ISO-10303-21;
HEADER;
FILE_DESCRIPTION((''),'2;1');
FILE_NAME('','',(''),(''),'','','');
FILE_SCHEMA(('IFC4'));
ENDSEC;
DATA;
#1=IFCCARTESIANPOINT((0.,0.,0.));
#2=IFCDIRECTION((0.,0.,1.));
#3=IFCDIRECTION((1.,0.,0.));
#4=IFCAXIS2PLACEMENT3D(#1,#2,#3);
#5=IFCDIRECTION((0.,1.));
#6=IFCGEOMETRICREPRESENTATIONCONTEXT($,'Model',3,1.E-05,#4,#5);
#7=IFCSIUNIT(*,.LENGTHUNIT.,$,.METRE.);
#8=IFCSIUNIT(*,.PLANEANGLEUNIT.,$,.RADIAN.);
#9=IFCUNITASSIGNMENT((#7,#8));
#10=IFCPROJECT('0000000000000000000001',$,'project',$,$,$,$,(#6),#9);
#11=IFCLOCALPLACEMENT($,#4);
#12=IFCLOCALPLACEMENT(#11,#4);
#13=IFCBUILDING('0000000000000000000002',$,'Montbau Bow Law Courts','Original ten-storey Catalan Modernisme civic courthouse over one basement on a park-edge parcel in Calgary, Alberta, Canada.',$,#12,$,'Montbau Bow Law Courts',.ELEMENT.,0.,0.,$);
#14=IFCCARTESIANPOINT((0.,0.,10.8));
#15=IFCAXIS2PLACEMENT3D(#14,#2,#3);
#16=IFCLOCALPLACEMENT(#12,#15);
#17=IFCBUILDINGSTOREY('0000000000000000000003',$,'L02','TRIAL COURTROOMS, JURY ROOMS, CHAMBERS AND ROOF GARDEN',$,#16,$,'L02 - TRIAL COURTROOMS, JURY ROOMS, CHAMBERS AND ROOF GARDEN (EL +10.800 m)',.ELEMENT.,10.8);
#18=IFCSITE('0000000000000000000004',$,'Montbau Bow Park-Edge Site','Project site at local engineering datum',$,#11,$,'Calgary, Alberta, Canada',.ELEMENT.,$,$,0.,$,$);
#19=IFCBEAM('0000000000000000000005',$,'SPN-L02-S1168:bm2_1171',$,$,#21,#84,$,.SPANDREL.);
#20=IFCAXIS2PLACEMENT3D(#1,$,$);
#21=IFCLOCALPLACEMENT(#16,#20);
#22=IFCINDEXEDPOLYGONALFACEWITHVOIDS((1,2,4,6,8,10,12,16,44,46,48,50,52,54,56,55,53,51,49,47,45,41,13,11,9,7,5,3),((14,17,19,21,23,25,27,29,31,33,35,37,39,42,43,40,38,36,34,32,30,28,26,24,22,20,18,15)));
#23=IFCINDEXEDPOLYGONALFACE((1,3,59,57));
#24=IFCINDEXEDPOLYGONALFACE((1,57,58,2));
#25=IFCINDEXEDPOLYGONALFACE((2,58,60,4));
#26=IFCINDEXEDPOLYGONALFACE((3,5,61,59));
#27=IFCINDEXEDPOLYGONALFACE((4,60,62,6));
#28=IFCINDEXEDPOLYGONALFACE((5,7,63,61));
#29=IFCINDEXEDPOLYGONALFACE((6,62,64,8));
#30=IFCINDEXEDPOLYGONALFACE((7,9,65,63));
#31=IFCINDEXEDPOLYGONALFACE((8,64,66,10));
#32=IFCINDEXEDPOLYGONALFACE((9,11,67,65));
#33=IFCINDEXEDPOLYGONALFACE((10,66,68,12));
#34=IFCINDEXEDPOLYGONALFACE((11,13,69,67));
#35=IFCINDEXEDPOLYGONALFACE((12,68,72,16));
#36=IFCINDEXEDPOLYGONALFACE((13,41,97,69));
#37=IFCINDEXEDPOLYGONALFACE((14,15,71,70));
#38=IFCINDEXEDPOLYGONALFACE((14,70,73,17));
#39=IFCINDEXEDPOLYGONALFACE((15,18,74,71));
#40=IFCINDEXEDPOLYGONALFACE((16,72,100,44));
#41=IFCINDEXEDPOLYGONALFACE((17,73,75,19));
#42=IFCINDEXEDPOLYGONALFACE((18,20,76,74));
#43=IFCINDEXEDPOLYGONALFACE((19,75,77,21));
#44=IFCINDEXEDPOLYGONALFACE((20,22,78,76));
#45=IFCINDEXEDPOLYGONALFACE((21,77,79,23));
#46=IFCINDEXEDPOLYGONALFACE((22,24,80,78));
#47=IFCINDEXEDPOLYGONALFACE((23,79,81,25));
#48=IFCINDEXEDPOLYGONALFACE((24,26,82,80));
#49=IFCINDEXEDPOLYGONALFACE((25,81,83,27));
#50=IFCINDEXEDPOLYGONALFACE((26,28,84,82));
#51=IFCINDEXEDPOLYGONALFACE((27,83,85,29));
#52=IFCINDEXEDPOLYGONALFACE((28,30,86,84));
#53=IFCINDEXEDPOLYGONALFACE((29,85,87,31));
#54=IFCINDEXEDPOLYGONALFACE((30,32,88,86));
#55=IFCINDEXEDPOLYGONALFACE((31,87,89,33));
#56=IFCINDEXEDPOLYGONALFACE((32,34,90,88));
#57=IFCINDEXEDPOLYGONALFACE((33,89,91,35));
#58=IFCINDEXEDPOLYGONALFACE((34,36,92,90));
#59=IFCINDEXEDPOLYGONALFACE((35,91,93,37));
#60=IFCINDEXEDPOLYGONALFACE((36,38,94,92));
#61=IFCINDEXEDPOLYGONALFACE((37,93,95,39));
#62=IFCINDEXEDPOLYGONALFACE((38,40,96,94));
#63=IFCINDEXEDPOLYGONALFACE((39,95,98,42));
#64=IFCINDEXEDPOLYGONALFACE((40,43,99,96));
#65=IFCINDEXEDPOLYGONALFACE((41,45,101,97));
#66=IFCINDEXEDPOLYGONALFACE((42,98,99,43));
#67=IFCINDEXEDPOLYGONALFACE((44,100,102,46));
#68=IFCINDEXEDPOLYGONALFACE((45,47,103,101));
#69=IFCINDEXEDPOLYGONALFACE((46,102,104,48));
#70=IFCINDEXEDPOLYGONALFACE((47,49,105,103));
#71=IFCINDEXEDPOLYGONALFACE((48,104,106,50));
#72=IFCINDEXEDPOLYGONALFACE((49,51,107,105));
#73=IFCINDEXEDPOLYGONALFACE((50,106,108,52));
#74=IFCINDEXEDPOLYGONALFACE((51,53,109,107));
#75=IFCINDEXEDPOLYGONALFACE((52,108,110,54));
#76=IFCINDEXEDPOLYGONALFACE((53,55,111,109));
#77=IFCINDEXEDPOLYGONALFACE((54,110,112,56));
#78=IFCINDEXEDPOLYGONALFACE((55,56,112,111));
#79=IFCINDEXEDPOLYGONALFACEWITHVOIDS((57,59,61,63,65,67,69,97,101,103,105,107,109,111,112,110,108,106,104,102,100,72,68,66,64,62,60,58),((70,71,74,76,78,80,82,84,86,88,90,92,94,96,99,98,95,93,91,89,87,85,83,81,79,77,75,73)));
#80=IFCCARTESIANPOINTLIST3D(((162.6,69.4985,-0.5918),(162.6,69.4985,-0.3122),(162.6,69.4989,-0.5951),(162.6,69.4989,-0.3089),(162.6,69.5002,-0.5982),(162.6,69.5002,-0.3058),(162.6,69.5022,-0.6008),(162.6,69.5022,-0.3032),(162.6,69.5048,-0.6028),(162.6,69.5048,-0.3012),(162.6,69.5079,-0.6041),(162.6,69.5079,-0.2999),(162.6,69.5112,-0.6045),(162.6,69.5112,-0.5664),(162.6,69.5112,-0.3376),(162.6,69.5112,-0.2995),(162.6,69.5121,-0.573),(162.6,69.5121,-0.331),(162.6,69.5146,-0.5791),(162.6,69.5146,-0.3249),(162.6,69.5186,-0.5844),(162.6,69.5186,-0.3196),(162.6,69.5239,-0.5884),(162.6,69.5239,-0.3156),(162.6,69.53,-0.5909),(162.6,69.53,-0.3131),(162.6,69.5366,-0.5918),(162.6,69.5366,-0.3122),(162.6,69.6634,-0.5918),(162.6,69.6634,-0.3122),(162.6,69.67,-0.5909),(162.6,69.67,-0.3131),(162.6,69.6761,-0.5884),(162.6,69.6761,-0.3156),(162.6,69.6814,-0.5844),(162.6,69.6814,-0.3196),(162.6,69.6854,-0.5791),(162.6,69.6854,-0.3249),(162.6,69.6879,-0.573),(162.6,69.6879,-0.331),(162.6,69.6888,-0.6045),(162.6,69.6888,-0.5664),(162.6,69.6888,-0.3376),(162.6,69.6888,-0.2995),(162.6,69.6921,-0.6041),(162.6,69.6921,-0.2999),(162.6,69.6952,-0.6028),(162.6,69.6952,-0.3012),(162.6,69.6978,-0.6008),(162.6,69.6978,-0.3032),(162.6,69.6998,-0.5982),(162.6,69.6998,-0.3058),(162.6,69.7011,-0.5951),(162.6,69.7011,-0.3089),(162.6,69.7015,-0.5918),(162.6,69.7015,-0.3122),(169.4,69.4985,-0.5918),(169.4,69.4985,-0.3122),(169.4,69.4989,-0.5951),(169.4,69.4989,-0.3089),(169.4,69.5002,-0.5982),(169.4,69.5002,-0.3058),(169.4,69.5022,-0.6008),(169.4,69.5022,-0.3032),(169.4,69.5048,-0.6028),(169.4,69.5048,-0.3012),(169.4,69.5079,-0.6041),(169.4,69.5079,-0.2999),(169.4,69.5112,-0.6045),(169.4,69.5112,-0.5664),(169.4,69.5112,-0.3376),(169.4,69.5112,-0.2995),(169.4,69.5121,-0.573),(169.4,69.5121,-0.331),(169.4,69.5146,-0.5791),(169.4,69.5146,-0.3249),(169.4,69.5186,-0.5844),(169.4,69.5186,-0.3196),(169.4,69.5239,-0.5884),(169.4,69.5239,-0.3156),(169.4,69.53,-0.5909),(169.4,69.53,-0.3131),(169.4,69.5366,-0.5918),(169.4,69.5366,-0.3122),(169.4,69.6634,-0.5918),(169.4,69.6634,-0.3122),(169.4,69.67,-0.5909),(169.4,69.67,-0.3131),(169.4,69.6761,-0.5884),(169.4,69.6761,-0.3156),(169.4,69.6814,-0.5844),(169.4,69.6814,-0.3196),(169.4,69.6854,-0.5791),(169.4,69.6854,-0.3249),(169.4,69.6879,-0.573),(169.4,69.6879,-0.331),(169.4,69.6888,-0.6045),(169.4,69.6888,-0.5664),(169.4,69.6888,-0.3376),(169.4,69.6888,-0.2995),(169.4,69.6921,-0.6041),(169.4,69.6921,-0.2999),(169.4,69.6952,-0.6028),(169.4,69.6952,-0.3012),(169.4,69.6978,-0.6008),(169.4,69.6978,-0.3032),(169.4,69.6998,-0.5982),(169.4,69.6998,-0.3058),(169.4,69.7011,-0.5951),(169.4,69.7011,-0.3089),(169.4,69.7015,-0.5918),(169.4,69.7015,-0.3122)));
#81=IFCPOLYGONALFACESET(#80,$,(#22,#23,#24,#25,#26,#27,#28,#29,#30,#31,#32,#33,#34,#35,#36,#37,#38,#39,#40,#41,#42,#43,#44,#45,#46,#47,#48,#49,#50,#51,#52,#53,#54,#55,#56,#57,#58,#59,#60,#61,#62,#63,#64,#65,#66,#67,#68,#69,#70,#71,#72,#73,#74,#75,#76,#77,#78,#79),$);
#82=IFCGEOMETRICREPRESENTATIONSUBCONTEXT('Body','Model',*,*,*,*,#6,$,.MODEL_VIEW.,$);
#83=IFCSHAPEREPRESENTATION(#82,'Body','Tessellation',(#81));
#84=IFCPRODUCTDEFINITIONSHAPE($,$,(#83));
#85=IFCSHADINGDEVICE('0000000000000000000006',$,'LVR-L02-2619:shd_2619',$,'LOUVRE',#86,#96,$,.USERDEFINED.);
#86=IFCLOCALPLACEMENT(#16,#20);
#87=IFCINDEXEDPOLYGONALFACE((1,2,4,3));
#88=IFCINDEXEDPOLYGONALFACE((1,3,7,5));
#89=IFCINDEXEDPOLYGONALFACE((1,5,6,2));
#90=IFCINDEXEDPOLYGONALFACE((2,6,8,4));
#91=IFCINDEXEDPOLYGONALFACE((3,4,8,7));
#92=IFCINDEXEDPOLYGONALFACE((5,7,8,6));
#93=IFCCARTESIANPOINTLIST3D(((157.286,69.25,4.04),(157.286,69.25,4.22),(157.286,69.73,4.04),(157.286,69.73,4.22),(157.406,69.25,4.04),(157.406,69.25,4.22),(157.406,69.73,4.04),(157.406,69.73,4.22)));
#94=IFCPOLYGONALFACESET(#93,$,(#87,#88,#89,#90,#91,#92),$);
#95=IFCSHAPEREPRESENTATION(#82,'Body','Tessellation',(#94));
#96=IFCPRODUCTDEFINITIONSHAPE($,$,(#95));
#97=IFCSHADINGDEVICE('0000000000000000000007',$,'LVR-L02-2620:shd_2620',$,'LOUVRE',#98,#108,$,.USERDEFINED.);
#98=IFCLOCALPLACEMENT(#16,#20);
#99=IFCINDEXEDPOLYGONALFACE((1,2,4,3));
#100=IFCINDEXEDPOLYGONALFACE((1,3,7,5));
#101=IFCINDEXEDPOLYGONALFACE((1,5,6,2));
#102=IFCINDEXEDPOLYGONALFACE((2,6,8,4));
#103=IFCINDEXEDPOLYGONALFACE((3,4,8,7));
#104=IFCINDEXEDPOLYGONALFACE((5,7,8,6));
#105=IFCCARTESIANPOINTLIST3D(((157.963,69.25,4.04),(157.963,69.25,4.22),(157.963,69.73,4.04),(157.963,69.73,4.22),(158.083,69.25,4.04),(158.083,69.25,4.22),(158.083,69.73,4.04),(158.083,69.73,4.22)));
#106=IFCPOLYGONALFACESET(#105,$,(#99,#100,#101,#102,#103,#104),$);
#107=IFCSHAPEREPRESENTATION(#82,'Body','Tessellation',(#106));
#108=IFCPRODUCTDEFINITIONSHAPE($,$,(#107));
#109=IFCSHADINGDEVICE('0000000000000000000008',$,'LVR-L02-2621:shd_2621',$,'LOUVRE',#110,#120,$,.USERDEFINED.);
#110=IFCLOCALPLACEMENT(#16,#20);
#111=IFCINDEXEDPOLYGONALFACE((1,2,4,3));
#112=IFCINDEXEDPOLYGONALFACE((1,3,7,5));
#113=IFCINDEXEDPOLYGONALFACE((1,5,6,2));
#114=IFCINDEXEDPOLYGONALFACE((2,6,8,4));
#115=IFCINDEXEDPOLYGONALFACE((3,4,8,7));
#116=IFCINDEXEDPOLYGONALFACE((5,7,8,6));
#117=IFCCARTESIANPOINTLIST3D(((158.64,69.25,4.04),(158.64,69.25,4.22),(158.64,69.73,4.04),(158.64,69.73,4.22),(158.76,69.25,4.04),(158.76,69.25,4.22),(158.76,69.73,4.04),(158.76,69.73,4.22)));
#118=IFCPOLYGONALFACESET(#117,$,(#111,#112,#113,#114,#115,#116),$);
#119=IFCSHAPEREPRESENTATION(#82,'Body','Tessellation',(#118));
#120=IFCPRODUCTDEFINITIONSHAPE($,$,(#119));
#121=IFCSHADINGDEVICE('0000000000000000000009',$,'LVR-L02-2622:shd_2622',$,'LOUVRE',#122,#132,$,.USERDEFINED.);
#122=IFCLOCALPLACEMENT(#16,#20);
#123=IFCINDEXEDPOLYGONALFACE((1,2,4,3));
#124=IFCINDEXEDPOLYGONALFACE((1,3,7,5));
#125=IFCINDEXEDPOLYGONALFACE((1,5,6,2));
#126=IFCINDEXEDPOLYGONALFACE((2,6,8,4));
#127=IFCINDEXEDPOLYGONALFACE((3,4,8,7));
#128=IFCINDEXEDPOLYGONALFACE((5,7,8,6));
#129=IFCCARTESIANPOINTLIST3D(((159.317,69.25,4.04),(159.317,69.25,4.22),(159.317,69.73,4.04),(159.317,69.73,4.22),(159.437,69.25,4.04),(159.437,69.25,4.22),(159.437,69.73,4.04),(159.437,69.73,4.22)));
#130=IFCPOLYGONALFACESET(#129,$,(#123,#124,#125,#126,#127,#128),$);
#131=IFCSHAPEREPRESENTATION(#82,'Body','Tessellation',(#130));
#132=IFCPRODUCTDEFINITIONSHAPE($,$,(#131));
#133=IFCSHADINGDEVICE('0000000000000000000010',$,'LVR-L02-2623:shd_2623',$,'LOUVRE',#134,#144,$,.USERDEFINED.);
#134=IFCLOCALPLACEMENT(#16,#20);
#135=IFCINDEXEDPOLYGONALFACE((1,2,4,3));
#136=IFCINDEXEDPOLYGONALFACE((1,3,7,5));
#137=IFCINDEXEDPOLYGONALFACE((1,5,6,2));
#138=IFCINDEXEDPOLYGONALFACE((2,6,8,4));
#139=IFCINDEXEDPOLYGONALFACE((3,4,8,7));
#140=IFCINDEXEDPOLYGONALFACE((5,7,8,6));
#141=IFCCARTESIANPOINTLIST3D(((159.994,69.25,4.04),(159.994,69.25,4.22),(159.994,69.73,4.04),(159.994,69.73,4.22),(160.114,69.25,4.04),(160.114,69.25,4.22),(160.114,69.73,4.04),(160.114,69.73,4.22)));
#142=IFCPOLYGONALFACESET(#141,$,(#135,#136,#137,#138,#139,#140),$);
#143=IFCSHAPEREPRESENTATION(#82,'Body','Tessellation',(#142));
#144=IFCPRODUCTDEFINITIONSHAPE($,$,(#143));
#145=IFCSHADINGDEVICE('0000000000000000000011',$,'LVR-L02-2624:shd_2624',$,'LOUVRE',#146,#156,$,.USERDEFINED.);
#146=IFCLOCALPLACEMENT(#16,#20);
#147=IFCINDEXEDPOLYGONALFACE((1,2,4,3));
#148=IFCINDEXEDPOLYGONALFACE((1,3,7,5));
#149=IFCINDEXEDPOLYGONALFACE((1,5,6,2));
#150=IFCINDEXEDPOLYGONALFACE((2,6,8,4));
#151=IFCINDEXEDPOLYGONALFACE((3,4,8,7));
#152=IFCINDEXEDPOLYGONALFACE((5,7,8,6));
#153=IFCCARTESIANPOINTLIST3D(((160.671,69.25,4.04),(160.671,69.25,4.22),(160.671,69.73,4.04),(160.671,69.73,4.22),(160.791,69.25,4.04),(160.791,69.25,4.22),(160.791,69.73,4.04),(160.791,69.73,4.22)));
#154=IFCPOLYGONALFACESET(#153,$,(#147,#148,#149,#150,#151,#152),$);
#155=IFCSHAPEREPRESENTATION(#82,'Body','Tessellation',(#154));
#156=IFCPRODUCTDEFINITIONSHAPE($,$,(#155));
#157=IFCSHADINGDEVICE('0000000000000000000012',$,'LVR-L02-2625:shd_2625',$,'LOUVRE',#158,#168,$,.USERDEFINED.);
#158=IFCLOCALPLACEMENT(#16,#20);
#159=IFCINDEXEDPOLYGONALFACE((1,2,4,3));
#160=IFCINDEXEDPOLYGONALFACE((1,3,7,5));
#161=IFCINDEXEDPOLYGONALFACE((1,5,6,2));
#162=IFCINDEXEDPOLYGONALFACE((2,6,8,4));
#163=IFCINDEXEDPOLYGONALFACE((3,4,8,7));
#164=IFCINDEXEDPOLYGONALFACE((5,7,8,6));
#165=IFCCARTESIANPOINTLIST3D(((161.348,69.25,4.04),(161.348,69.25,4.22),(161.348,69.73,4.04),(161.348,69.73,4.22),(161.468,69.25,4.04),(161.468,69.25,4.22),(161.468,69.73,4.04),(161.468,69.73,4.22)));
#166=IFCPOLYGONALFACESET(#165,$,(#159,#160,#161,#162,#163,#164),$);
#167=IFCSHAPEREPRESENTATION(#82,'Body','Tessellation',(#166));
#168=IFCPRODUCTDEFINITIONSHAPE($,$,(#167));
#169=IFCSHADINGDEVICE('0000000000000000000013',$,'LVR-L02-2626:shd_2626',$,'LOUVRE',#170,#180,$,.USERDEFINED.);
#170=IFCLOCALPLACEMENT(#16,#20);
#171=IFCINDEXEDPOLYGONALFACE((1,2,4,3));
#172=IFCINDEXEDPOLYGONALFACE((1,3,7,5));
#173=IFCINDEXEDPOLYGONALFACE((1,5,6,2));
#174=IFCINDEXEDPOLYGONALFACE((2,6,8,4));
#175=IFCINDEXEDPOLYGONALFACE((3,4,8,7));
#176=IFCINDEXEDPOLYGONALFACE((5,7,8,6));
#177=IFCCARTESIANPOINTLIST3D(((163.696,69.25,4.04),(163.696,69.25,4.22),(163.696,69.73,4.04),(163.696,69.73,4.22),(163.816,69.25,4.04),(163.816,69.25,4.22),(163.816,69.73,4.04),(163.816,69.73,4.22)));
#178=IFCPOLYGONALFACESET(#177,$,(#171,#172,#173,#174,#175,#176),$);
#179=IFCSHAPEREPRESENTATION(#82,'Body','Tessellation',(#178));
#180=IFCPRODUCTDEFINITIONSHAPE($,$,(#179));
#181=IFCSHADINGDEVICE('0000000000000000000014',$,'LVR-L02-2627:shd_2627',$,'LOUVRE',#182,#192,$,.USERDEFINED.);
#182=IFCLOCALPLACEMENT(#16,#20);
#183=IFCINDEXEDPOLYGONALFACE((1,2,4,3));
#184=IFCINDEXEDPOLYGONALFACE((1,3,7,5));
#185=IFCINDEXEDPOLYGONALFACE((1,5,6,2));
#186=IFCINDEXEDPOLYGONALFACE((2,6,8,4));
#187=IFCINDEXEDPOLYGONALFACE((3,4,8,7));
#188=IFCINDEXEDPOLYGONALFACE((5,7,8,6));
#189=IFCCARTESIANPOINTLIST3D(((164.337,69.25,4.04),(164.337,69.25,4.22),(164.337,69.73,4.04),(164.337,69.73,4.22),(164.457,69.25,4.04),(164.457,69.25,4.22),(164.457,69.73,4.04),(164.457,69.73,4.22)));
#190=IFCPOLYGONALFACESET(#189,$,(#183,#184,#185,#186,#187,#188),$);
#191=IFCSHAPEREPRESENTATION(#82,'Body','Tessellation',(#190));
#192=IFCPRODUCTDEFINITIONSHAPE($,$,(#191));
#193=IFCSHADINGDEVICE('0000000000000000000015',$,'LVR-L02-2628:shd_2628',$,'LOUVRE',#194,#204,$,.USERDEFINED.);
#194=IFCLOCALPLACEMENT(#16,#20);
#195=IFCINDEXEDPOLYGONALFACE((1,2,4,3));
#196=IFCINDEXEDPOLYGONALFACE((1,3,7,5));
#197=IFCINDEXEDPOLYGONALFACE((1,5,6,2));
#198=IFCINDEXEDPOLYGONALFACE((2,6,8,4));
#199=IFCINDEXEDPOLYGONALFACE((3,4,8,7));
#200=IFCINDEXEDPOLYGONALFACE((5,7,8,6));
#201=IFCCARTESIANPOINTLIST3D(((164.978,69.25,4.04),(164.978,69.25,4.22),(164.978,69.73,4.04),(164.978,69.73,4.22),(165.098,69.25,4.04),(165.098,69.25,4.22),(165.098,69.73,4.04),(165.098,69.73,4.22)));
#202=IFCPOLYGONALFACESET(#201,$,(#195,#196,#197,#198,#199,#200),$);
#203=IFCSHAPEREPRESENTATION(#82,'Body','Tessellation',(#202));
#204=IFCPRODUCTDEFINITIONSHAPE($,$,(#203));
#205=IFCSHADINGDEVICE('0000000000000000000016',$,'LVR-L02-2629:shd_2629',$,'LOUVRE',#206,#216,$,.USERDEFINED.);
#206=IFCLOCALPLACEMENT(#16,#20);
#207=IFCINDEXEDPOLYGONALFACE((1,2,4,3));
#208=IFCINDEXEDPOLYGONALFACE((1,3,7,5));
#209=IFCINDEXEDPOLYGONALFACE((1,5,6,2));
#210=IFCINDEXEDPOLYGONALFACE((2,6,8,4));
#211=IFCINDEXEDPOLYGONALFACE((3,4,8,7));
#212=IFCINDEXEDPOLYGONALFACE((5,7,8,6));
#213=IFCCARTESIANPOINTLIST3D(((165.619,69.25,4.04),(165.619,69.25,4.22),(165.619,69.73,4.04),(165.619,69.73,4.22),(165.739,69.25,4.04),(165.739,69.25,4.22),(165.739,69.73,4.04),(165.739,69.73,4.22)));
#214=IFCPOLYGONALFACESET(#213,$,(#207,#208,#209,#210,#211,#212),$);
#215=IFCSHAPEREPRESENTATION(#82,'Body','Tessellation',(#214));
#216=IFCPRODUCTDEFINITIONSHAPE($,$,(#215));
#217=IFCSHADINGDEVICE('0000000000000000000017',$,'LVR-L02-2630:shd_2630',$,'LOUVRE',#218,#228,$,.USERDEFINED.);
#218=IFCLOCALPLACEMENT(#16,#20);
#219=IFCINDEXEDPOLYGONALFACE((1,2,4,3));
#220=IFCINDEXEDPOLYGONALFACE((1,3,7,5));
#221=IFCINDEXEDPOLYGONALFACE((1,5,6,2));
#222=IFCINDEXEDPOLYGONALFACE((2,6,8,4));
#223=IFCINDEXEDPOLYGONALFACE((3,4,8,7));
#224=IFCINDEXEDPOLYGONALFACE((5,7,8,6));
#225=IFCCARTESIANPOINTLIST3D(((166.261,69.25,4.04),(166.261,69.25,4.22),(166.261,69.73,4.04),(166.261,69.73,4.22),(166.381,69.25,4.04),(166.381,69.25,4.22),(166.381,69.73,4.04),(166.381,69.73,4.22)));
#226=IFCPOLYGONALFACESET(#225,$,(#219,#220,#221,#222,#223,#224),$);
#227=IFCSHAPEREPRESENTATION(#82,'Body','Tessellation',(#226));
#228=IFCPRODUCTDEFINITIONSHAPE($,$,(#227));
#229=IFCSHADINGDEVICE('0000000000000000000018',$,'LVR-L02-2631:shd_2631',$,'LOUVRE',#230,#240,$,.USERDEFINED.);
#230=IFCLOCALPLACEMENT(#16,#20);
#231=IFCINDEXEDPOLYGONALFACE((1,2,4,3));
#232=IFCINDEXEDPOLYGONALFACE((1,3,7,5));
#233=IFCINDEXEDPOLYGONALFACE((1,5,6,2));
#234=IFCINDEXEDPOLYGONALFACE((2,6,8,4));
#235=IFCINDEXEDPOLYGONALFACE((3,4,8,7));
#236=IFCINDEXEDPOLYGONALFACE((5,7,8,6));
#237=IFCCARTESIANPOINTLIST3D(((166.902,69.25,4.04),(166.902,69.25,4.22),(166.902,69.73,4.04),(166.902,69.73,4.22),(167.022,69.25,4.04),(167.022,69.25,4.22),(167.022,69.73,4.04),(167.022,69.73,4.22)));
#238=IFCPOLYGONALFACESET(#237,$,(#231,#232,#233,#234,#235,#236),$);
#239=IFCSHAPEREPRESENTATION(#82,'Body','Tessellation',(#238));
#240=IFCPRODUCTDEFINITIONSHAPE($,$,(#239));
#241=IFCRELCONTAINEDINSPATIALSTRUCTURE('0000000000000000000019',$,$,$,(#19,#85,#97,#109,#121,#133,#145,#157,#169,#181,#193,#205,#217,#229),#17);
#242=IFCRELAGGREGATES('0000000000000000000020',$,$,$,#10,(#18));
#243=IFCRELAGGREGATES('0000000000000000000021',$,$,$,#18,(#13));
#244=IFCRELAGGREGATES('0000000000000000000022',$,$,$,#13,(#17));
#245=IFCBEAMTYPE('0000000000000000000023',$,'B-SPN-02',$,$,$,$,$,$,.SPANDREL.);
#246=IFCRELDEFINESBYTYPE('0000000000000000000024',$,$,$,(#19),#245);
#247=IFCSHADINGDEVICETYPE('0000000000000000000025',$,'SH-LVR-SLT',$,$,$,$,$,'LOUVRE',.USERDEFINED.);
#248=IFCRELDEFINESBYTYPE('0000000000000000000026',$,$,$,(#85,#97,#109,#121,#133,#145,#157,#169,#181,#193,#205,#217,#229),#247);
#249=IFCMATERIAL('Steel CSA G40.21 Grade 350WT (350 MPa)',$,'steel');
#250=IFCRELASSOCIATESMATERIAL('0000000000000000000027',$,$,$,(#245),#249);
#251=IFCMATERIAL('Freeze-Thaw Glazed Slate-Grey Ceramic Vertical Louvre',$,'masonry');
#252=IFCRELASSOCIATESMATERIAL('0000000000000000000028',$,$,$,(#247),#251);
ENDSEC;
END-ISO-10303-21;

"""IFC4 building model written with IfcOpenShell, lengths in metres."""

from ifc_helpers import new_model, si_unit, direction, frame, origin_with_axes, origin_2d_with_axis, place, context, subcontext, project, spatial, rectangle, hollow_rectangle, extrude, material, material_profile, profile_set, type_object, element, save


model = new_model("IFC4")

# Units and contexts
model_context = context("Model", 3, precision=1e-05, world=origin_with_axes(), true_north=direction((0.0, 1.0)))
body_context = subcontext(model_context, "Body", "Model", "MODEL_VIEW")
ifc_project = project(units=[si_unit("LENGTHUNIT", "METRE"), si_unit("PLANEANGLEUNIT", "RADIAN")], contexts=[model_context])

# Site, building, storey
site_placement = place(None, origin_with_axes())
site = spatial("IfcSite", under=ifc_project, at=site_placement, Name="Montbau Bow Park-Edge Site", Description="Project site at local engineering datum", LongName="Calgary, Alberta, Canada", CompositionType="ELEMENT", RefElevation=0.0)
building_placement = place(site_placement, origin_with_axes())
building = spatial("IfcBuilding", under=site, at=building_placement, Name="Montbau Bow Law Courts", Description="Original ten-storey Catalan Modernisme civic courthouse over one basement on a park-edge parcel in Calgary, Alberta, Canada.", LongName="Montbau Bow Law Courts", CompositionType="ELEMENT", ElevationOfRefHeight=0.0, ElevationOfTerrain=0.0)
storey_placement = place(building_placement, frame((0.0, 0.0, 10.8), z_axis=(0.0, 0.0, 1.0), x_axis=(1.0, 0.0, 0.0)))
storey = spatial("IfcBuildingStorey", under=building, at=storey_placement, Name="L02", Description="TRIAL COURTROOMS, JURY ROOMS, CHAMBERS AND ROOF GARDEN", LongName="L02 - TRIAL COURTROOMS, JURY ROOMS, CHAMBERS AND ROOF GARDEN (EL +10.800 m)", CompositionType="ELEMENT", Elevation=10.8)

# Beam
ifc_material_1 = material(Name="Steel CSA G40.21 Grade 350WT (350 MPa)", Category="steel")
ifc_material_profile_1 = material_profile(ifc_material_1, hollow_rectangle(XDim=0.203, YDim=0.305, WallThickness=0.0127, InnerFilletRadius=0.0254, OuterFilletRadius=0.0127, at=origin_2d_with_axis()), Name="HSS305X203X13", Category="Main", Priority=0)
ifc_profile_set_1 = profile_set([ifc_material_profile_1], Name="Steel CSA G40.21 Grade 350WT (350 MPa)")
beam_type_1 = type_object("IfcBeamType", Name="B-SPN-02", PredefinedType="SPANDREL", material=ifc_profile_set_1)
beam_1_placement = place(None, frame((162.6, 69.6, 10.348), z_axis=(1.0, 0.0, 0.0), x_axis=(0.0, 1.0, 0.0)))
element("IfcBeam", 1, at=beam_1_placement, inside=storey, type_object=beam_type_1, Name="SPN-L02-S1168:bm2_1171", PredefinedType="SPANDREL", context=body_context, shape_type="SweptSolid", body=[
    extrude(hollow_rectangle(XDim=0.203, YDim=0.305, WallThickness=0.0127, InnerFilletRadius=0.0254, OuterFilletRadius=0.0127, at=origin_2d_with_axis()), origin_with_axes(), (0.0, 0.0, 1.0), 6.8),
])

# Shading devices
ifc_material_2 = material(Name="Freeze-Thaw Glazed Slate-Grey Ceramic Vertical Louvre", Category="masonry")
shading_device_type = type_object("IfcShadingDeviceType", Name="SH-LVR-SLT", ElementType="LOUVRE", PredefinedType="USERDEFINED", material=ifc_material_2)
for number, where, z_axis, x_axis, name in (
    (2, (157.346, 69.49, 14.84), (0.0, 0.0, 1.0), (0.0, -1.0, 0.0), "LVR-L02-2619:shd_2619"),
    (3, (158.023, 69.49, 14.84), (0.0, 0.0, 1.0), (0.0, -1.0, 0.0), "LVR-L02-2620:shd_2620"),
    (4, (158.7, 69.49, 14.84), (0.0, 0.0, 1.0), (0.0, -1.0, 0.0), "LVR-L02-2621:shd_2621"),
    (5, (159.377, 69.49, 14.84), (0.0, 0.0, 1.0), (0.0, -1.0, 0.0), "LVR-L02-2622:shd_2622"),
    (6, (160.054, 69.49, 14.84), (0.0, 0.0, 1.0), (0.0, -1.0, 0.0), "LVR-L02-2623:shd_2623"),
    (7, (160.731, 69.49, 14.84), (0.0, 0.0, 1.0), (0.0, -1.0, 0.0), "LVR-L02-2624:shd_2624"),
    (8, (161.408, 69.49, 14.84), (0.0, 0.0, 1.0), (0.0, -1.0, 0.0), "LVR-L02-2625:shd_2625"),
    (9, (163.756, 69.49, 14.84), (0.0, 0.0, 1.0), (0.0, -1.0, 0.0), "LVR-L02-2626:shd_2626"),
    (10, (164.397, 69.49, 14.84), (0.0, 0.0, 1.0), (0.0, -1.0, 0.0), "LVR-L02-2627:shd_2627"),
    (11, (165.038, 69.49, 14.84), (0.0, 0.0, 1.0), (0.0, -1.0, 0.0), "LVR-L02-2628:shd_2628"),
    (12, (165.679, 69.49, 14.84), (0.0, 0.0, 1.0), (0.0, -1.0, 0.0), "LVR-L02-2629:shd_2629"),
    (13, (166.321, 69.49, 14.84), (0.0, 0.0, 1.0), (0.0, -1.0, 0.0), "LVR-L02-2630:shd_2630"),
    (14, (166.962, 69.49, 14.84), (0.0, 0.0, 1.0), (0.0, -1.0, 0.0), "LVR-L02-2631:shd_2631"),
):
    element("IfcShadingDevice", number, at=place(None, frame(where, z_axis=z_axis, x_axis=x_axis)), inside=storey, type_object=shading_device_type, Name=name, ObjectType="LOUVRE", PredefinedType="USERDEFINED", context=body_context, shape_type="SweptSolid", body=[
        extrude(rectangle(XDim=0.48, YDim=0.12, at=origin_2d_with_axis()), origin_with_axes(), (0.0, 0.0, 1.0), 0.18),
    ])

save(model, "model.ifc")
